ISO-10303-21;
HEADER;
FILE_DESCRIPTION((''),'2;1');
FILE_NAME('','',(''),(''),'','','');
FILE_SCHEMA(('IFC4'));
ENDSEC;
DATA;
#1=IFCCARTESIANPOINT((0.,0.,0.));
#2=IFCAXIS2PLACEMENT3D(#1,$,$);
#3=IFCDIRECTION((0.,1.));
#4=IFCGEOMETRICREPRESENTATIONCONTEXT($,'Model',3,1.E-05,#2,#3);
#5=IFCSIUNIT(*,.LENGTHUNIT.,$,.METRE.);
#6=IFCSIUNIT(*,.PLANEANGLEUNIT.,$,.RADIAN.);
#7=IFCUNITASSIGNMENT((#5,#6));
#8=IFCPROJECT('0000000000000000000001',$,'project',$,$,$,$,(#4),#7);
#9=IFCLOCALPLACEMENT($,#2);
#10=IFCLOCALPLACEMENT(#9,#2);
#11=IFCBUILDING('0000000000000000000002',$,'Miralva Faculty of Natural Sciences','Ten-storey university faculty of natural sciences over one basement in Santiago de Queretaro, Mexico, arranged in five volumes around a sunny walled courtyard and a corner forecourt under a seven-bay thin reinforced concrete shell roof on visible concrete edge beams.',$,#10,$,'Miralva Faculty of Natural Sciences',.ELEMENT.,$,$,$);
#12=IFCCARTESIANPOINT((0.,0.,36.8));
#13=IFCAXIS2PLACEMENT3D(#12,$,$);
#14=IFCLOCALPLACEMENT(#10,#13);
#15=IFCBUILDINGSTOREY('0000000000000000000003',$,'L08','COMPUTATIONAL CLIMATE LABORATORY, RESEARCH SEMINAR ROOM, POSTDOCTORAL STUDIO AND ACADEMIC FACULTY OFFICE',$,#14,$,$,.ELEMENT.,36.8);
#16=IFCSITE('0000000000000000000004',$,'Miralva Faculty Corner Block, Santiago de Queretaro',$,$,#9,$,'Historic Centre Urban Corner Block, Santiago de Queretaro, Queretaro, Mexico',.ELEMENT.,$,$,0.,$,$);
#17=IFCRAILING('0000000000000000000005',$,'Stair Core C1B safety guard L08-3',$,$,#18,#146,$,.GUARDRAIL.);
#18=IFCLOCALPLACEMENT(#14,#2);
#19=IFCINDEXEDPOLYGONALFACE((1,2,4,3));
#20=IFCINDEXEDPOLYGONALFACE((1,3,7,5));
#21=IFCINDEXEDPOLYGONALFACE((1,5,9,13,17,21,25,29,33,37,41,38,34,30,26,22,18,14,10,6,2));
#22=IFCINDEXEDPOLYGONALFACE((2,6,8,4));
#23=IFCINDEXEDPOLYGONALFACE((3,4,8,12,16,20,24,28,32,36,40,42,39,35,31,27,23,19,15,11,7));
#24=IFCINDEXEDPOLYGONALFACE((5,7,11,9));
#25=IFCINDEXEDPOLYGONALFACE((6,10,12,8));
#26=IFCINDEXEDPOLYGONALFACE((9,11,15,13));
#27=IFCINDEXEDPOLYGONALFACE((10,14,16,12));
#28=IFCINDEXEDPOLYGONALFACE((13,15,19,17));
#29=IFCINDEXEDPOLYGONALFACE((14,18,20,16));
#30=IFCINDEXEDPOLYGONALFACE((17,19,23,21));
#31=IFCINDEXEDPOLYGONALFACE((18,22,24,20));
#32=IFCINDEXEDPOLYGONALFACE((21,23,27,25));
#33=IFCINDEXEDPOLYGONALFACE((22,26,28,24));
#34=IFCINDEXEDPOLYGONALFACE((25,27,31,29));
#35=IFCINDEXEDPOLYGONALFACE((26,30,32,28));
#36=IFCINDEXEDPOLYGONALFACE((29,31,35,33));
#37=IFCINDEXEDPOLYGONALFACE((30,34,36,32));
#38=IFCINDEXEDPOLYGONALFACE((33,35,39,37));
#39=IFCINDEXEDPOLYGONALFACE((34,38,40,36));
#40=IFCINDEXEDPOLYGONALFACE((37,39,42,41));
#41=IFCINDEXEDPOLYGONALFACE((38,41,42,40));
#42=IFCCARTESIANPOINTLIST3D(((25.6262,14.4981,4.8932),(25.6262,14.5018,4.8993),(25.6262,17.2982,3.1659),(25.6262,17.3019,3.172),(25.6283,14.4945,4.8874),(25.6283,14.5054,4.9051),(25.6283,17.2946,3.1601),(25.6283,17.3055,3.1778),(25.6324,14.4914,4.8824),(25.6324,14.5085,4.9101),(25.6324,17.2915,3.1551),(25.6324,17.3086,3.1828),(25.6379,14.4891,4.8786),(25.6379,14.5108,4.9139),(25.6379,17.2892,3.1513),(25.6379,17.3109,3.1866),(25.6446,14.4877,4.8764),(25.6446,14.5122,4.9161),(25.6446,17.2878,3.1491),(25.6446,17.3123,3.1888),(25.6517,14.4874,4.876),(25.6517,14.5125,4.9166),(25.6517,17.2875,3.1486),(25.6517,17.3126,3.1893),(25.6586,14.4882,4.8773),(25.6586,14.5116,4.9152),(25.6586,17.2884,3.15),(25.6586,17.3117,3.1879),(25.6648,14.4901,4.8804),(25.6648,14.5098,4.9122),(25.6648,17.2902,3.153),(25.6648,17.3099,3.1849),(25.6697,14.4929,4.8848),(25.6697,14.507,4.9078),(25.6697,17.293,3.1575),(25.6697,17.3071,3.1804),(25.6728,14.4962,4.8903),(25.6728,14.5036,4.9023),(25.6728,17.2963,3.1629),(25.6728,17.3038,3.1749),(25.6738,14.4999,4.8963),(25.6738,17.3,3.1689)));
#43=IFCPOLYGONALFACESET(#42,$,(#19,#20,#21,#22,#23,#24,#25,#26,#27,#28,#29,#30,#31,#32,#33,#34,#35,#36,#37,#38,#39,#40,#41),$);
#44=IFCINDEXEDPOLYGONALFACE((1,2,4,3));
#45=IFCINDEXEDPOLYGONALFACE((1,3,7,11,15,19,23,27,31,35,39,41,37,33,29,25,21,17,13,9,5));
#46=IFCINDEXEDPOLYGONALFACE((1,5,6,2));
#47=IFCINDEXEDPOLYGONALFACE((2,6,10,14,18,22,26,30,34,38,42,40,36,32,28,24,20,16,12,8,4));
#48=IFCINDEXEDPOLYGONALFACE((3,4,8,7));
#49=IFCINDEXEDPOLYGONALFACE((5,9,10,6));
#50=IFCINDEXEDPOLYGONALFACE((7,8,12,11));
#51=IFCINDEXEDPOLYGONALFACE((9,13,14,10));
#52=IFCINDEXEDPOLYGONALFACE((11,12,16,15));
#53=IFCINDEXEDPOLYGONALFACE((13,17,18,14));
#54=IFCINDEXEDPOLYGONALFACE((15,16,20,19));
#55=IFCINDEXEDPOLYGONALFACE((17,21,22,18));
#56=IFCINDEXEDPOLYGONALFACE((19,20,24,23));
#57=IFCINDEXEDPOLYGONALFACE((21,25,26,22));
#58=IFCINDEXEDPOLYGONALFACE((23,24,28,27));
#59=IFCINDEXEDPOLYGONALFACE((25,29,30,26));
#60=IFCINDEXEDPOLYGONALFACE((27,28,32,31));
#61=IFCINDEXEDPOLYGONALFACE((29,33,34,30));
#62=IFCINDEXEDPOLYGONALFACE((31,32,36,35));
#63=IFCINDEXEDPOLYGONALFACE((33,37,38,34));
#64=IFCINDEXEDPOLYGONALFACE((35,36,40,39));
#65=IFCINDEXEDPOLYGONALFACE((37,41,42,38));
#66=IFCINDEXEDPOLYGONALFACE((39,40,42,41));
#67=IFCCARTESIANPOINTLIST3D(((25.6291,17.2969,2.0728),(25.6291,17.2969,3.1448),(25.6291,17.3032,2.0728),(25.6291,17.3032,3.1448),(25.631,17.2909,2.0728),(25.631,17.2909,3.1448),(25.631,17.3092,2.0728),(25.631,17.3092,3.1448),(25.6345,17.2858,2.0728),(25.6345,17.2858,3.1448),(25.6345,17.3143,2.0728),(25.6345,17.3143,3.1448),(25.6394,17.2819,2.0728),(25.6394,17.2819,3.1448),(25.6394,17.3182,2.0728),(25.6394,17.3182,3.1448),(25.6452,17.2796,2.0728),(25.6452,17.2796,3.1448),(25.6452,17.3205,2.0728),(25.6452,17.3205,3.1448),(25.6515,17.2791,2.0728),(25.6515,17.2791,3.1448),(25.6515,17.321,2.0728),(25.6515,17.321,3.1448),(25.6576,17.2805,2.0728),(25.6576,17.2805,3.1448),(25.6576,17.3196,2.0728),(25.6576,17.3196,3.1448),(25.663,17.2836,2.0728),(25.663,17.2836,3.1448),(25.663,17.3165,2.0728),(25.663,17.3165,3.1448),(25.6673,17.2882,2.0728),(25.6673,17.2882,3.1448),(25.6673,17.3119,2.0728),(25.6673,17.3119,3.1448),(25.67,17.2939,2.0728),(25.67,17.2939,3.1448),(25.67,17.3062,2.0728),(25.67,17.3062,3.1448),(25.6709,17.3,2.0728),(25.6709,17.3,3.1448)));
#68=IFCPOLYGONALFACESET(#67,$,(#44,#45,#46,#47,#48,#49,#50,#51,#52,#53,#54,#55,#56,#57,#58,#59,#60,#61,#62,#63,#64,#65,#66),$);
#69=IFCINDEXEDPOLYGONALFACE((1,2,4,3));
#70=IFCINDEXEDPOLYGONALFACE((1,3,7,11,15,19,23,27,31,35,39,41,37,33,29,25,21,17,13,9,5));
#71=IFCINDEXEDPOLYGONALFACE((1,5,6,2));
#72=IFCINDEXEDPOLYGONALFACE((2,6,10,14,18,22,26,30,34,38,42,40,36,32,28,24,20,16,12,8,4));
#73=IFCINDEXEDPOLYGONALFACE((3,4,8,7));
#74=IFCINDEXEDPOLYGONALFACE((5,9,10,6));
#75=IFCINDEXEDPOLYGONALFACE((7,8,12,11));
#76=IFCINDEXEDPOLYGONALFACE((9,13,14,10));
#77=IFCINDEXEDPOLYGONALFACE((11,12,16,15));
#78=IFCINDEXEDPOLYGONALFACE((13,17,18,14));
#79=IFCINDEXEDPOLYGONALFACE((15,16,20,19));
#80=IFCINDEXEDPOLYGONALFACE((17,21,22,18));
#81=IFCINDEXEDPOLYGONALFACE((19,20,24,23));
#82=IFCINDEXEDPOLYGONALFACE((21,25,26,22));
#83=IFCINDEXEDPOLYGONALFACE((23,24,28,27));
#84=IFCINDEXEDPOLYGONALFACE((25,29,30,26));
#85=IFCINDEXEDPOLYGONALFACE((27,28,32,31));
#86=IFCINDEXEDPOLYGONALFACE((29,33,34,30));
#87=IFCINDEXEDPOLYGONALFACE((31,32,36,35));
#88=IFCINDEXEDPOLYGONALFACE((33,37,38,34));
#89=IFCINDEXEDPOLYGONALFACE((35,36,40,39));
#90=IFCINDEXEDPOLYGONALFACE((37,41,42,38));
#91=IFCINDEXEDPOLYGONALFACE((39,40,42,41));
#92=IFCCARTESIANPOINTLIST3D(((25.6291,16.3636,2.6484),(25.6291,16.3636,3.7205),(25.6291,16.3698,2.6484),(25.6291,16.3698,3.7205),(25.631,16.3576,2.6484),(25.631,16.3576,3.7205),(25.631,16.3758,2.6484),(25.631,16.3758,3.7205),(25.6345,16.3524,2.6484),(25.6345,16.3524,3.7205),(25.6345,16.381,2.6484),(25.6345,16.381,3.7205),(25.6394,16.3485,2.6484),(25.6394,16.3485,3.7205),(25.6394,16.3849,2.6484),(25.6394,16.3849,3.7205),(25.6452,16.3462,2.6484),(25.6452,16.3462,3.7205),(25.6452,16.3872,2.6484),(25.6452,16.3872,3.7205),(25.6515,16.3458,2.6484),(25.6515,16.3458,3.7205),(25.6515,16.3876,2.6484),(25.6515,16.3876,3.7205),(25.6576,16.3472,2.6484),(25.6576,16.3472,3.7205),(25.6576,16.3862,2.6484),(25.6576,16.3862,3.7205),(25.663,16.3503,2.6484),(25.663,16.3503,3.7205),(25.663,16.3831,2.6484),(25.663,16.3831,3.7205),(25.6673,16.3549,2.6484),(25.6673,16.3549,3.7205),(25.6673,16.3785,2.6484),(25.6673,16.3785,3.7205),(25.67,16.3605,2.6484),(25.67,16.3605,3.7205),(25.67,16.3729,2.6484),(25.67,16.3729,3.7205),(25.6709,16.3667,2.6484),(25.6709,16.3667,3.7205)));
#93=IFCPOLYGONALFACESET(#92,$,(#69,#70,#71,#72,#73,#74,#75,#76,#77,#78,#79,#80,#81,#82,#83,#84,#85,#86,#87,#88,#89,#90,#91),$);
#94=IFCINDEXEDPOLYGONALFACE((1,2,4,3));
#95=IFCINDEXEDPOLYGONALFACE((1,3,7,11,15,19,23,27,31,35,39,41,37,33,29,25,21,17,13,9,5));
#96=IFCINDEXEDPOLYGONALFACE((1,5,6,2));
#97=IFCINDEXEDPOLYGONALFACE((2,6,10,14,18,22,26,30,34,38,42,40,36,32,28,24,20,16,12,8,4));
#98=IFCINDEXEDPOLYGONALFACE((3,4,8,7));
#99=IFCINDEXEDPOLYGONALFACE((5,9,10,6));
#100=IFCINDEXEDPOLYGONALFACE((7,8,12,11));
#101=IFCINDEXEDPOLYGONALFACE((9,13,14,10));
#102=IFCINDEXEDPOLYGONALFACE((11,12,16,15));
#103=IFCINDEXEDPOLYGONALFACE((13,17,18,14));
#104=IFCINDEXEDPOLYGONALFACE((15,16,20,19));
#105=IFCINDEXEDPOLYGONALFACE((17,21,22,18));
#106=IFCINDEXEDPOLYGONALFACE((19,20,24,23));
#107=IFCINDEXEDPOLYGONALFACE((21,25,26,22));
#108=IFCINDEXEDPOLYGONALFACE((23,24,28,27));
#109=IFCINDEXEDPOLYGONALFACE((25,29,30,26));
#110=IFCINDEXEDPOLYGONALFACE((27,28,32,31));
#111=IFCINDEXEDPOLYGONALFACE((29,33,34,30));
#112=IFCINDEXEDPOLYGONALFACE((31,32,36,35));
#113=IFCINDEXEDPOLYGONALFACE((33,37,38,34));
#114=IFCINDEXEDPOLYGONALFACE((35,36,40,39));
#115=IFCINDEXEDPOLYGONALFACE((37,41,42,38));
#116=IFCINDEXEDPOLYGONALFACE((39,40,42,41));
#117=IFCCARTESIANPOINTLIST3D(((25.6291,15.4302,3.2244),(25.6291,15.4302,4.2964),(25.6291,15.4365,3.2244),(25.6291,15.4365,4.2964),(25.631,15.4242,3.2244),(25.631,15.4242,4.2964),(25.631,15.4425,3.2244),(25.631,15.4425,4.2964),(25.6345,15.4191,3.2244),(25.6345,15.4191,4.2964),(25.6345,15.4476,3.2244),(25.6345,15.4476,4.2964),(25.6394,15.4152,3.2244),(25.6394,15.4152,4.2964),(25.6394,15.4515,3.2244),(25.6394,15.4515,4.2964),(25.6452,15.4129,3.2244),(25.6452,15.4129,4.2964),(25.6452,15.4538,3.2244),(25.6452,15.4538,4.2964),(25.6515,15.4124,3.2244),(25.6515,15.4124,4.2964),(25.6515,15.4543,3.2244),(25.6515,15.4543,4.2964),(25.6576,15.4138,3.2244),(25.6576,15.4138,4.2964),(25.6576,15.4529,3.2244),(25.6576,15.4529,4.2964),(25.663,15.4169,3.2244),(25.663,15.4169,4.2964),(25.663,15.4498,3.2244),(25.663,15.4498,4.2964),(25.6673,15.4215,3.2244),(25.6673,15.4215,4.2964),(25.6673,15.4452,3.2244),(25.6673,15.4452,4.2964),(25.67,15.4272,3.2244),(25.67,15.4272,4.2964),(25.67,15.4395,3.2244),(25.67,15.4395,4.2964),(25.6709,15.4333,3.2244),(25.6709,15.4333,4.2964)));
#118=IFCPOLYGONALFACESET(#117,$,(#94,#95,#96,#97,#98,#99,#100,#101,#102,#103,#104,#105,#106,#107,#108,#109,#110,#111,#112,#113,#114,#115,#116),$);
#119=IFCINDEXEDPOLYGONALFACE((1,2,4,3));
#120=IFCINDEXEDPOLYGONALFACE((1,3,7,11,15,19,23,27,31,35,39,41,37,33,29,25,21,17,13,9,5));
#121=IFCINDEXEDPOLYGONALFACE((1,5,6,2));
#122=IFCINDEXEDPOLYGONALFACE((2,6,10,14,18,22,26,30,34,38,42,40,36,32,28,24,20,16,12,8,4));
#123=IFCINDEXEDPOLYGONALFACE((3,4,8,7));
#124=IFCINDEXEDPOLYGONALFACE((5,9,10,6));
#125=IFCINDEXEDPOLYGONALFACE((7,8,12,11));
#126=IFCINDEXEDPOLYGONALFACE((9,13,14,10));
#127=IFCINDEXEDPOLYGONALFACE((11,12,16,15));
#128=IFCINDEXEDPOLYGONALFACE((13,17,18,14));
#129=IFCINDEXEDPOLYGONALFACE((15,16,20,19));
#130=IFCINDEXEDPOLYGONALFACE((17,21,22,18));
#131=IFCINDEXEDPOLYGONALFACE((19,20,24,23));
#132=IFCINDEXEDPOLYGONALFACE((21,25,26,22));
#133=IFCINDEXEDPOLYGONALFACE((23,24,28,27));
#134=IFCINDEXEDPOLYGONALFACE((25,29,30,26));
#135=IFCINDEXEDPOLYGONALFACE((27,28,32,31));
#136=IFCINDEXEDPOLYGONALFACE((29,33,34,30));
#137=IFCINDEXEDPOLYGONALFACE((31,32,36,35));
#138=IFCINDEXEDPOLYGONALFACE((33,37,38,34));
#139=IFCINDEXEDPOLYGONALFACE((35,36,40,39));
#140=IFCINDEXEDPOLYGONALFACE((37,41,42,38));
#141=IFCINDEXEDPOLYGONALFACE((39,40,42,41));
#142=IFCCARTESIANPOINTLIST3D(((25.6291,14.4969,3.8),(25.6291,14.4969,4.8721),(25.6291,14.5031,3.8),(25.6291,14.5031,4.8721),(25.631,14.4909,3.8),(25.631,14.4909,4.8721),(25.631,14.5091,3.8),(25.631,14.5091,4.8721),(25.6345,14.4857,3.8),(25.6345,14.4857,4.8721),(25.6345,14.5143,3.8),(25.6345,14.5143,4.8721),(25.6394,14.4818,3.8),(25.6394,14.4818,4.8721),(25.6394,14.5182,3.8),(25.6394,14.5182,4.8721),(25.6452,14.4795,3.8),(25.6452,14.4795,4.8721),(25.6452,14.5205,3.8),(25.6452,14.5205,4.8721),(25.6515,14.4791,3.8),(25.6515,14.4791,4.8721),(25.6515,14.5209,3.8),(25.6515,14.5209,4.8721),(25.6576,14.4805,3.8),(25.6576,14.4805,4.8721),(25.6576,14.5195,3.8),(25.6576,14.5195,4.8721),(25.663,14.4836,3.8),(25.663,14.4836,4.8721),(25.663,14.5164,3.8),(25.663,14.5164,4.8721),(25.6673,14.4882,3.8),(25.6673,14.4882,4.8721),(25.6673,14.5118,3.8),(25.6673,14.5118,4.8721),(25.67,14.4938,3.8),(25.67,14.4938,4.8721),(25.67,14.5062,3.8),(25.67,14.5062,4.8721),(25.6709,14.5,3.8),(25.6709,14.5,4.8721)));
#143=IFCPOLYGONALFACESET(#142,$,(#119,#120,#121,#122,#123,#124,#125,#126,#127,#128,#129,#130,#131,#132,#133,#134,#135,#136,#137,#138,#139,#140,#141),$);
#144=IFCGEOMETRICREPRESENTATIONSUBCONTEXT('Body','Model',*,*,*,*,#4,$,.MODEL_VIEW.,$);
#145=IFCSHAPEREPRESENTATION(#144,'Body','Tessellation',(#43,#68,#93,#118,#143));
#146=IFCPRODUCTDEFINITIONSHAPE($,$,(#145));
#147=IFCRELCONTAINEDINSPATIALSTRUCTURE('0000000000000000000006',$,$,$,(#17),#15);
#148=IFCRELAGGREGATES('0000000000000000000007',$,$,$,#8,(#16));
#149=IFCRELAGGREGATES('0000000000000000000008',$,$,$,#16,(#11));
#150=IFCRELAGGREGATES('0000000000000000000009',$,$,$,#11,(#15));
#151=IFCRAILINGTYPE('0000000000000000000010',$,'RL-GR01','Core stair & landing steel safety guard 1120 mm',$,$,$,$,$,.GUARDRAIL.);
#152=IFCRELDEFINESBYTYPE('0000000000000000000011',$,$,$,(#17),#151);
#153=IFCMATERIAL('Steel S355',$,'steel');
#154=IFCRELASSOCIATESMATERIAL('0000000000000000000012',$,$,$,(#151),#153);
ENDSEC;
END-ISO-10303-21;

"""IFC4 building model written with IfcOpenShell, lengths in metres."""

from ifc_helpers import new_model, si_unit, direction, frame, origin, origin_2d, place, context, subcontext, project, spatial, circle, extrude, material, type_object, element, save


model = new_model("IFC4")

# Units and contexts
model_context = context("Model", 3, precision=1e-05, world=origin(), true_north=direction((0.0, 1.0)))
body_context = subcontext(model_context, "Body", "Model", "MODEL_VIEW")
ifc_project = project(units=[si_unit("LENGTHUNIT", "METRE"), si_unit("PLANEANGLEUNIT", "RADIAN")], contexts=[model_context])

# Site, building, storey
site_placement = place(None, origin())
site = spatial("IfcSite", under=ifc_project, at=site_placement, Name="Miralva Faculty Corner Block, Santiago de Queretaro", LongName="Historic Centre Urban Corner Block, Santiago de Queretaro, Queretaro, Mexico", CompositionType="ELEMENT", RefElevation=0.0)
building_placement = place(site_placement, origin())
building = spatial("IfcBuilding", under=site, at=building_placement, Name="Miralva Faculty of Natural Sciences", Description="Ten-storey university faculty of natural sciences over one basement in Santiago de Queretaro, Mexico, arranged in five volumes around a sunny walled courtyard and a corner forecourt under a seven-bay thin reinforced concrete shell roof on visible concrete edge beams.", LongName="Miralva Faculty of Natural Sciences", CompositionType="ELEMENT")
storey_placement = place(building_placement, frame((0.0, 0.0, 36.8)))
storey = spatial("IfcBuildingStorey", under=building, at=storey_placement, Name="L08", Description="COMPUTATIONAL CLIMATE LABORATORY, RESEARCH SEMINAR ROOM, POSTDOCTORAL STUDIO AND ACADEMIC FACULTY OFFICE", CompositionType="ELEMENT", Elevation=36.8)

# Railing
ifc_material_1 = material(Name="Steel S355", Category="steel")
railing_type_1 = type_object("IfcRailingType", Name="RL-GR01", Description="Core stair & landing steel safety guard 1120 mm", PredefinedType="GUARDRAIL", material=ifc_material_1)
railing_1_placement = place(storey_placement, frame((25.6499, 17.3, 2.0728)))
element("IfcRailing", 1, at=railing_1_placement, inside=storey, type_object=railing_type_1, Name="Stair Core C1B safety guard L08-3", PredefinedType="GUARDRAIL", context=body_context, shape_type="SweptSolid", body=[
    extrude(circle(Radius=0.0239, at=origin_2d()), frame((0.0, 0.0, 1.0962), z_axis=(0.0, -0.85109, 0.52502), x_axis=(1.0, 0.0, 0.0)), (0.0, 0.0, 1.0), 3.29),
    extrude(circle(Radius=0.021, at=origin_2d()), origin(), (0.0, 0.0, 1.0), 1.072),
    extrude(circle(Radius=0.021, at=origin_2d()), frame((0.0, -0.9333, 0.5757)), (0.0, 0.0, 1.0), 1.072),
    extrude(circle(Radius=0.021, at=origin_2d()), frame((0.0, -1.8667, 1.1516)), (0.0, 0.0, 1.0), 1.072),
    extrude(circle(Radius=0.021, at=origin_2d()), frame((0.0, -2.8, 1.7273)), (0.0, 0.0, 1.0), 1.072),
])

save(model, "model.ifc")
